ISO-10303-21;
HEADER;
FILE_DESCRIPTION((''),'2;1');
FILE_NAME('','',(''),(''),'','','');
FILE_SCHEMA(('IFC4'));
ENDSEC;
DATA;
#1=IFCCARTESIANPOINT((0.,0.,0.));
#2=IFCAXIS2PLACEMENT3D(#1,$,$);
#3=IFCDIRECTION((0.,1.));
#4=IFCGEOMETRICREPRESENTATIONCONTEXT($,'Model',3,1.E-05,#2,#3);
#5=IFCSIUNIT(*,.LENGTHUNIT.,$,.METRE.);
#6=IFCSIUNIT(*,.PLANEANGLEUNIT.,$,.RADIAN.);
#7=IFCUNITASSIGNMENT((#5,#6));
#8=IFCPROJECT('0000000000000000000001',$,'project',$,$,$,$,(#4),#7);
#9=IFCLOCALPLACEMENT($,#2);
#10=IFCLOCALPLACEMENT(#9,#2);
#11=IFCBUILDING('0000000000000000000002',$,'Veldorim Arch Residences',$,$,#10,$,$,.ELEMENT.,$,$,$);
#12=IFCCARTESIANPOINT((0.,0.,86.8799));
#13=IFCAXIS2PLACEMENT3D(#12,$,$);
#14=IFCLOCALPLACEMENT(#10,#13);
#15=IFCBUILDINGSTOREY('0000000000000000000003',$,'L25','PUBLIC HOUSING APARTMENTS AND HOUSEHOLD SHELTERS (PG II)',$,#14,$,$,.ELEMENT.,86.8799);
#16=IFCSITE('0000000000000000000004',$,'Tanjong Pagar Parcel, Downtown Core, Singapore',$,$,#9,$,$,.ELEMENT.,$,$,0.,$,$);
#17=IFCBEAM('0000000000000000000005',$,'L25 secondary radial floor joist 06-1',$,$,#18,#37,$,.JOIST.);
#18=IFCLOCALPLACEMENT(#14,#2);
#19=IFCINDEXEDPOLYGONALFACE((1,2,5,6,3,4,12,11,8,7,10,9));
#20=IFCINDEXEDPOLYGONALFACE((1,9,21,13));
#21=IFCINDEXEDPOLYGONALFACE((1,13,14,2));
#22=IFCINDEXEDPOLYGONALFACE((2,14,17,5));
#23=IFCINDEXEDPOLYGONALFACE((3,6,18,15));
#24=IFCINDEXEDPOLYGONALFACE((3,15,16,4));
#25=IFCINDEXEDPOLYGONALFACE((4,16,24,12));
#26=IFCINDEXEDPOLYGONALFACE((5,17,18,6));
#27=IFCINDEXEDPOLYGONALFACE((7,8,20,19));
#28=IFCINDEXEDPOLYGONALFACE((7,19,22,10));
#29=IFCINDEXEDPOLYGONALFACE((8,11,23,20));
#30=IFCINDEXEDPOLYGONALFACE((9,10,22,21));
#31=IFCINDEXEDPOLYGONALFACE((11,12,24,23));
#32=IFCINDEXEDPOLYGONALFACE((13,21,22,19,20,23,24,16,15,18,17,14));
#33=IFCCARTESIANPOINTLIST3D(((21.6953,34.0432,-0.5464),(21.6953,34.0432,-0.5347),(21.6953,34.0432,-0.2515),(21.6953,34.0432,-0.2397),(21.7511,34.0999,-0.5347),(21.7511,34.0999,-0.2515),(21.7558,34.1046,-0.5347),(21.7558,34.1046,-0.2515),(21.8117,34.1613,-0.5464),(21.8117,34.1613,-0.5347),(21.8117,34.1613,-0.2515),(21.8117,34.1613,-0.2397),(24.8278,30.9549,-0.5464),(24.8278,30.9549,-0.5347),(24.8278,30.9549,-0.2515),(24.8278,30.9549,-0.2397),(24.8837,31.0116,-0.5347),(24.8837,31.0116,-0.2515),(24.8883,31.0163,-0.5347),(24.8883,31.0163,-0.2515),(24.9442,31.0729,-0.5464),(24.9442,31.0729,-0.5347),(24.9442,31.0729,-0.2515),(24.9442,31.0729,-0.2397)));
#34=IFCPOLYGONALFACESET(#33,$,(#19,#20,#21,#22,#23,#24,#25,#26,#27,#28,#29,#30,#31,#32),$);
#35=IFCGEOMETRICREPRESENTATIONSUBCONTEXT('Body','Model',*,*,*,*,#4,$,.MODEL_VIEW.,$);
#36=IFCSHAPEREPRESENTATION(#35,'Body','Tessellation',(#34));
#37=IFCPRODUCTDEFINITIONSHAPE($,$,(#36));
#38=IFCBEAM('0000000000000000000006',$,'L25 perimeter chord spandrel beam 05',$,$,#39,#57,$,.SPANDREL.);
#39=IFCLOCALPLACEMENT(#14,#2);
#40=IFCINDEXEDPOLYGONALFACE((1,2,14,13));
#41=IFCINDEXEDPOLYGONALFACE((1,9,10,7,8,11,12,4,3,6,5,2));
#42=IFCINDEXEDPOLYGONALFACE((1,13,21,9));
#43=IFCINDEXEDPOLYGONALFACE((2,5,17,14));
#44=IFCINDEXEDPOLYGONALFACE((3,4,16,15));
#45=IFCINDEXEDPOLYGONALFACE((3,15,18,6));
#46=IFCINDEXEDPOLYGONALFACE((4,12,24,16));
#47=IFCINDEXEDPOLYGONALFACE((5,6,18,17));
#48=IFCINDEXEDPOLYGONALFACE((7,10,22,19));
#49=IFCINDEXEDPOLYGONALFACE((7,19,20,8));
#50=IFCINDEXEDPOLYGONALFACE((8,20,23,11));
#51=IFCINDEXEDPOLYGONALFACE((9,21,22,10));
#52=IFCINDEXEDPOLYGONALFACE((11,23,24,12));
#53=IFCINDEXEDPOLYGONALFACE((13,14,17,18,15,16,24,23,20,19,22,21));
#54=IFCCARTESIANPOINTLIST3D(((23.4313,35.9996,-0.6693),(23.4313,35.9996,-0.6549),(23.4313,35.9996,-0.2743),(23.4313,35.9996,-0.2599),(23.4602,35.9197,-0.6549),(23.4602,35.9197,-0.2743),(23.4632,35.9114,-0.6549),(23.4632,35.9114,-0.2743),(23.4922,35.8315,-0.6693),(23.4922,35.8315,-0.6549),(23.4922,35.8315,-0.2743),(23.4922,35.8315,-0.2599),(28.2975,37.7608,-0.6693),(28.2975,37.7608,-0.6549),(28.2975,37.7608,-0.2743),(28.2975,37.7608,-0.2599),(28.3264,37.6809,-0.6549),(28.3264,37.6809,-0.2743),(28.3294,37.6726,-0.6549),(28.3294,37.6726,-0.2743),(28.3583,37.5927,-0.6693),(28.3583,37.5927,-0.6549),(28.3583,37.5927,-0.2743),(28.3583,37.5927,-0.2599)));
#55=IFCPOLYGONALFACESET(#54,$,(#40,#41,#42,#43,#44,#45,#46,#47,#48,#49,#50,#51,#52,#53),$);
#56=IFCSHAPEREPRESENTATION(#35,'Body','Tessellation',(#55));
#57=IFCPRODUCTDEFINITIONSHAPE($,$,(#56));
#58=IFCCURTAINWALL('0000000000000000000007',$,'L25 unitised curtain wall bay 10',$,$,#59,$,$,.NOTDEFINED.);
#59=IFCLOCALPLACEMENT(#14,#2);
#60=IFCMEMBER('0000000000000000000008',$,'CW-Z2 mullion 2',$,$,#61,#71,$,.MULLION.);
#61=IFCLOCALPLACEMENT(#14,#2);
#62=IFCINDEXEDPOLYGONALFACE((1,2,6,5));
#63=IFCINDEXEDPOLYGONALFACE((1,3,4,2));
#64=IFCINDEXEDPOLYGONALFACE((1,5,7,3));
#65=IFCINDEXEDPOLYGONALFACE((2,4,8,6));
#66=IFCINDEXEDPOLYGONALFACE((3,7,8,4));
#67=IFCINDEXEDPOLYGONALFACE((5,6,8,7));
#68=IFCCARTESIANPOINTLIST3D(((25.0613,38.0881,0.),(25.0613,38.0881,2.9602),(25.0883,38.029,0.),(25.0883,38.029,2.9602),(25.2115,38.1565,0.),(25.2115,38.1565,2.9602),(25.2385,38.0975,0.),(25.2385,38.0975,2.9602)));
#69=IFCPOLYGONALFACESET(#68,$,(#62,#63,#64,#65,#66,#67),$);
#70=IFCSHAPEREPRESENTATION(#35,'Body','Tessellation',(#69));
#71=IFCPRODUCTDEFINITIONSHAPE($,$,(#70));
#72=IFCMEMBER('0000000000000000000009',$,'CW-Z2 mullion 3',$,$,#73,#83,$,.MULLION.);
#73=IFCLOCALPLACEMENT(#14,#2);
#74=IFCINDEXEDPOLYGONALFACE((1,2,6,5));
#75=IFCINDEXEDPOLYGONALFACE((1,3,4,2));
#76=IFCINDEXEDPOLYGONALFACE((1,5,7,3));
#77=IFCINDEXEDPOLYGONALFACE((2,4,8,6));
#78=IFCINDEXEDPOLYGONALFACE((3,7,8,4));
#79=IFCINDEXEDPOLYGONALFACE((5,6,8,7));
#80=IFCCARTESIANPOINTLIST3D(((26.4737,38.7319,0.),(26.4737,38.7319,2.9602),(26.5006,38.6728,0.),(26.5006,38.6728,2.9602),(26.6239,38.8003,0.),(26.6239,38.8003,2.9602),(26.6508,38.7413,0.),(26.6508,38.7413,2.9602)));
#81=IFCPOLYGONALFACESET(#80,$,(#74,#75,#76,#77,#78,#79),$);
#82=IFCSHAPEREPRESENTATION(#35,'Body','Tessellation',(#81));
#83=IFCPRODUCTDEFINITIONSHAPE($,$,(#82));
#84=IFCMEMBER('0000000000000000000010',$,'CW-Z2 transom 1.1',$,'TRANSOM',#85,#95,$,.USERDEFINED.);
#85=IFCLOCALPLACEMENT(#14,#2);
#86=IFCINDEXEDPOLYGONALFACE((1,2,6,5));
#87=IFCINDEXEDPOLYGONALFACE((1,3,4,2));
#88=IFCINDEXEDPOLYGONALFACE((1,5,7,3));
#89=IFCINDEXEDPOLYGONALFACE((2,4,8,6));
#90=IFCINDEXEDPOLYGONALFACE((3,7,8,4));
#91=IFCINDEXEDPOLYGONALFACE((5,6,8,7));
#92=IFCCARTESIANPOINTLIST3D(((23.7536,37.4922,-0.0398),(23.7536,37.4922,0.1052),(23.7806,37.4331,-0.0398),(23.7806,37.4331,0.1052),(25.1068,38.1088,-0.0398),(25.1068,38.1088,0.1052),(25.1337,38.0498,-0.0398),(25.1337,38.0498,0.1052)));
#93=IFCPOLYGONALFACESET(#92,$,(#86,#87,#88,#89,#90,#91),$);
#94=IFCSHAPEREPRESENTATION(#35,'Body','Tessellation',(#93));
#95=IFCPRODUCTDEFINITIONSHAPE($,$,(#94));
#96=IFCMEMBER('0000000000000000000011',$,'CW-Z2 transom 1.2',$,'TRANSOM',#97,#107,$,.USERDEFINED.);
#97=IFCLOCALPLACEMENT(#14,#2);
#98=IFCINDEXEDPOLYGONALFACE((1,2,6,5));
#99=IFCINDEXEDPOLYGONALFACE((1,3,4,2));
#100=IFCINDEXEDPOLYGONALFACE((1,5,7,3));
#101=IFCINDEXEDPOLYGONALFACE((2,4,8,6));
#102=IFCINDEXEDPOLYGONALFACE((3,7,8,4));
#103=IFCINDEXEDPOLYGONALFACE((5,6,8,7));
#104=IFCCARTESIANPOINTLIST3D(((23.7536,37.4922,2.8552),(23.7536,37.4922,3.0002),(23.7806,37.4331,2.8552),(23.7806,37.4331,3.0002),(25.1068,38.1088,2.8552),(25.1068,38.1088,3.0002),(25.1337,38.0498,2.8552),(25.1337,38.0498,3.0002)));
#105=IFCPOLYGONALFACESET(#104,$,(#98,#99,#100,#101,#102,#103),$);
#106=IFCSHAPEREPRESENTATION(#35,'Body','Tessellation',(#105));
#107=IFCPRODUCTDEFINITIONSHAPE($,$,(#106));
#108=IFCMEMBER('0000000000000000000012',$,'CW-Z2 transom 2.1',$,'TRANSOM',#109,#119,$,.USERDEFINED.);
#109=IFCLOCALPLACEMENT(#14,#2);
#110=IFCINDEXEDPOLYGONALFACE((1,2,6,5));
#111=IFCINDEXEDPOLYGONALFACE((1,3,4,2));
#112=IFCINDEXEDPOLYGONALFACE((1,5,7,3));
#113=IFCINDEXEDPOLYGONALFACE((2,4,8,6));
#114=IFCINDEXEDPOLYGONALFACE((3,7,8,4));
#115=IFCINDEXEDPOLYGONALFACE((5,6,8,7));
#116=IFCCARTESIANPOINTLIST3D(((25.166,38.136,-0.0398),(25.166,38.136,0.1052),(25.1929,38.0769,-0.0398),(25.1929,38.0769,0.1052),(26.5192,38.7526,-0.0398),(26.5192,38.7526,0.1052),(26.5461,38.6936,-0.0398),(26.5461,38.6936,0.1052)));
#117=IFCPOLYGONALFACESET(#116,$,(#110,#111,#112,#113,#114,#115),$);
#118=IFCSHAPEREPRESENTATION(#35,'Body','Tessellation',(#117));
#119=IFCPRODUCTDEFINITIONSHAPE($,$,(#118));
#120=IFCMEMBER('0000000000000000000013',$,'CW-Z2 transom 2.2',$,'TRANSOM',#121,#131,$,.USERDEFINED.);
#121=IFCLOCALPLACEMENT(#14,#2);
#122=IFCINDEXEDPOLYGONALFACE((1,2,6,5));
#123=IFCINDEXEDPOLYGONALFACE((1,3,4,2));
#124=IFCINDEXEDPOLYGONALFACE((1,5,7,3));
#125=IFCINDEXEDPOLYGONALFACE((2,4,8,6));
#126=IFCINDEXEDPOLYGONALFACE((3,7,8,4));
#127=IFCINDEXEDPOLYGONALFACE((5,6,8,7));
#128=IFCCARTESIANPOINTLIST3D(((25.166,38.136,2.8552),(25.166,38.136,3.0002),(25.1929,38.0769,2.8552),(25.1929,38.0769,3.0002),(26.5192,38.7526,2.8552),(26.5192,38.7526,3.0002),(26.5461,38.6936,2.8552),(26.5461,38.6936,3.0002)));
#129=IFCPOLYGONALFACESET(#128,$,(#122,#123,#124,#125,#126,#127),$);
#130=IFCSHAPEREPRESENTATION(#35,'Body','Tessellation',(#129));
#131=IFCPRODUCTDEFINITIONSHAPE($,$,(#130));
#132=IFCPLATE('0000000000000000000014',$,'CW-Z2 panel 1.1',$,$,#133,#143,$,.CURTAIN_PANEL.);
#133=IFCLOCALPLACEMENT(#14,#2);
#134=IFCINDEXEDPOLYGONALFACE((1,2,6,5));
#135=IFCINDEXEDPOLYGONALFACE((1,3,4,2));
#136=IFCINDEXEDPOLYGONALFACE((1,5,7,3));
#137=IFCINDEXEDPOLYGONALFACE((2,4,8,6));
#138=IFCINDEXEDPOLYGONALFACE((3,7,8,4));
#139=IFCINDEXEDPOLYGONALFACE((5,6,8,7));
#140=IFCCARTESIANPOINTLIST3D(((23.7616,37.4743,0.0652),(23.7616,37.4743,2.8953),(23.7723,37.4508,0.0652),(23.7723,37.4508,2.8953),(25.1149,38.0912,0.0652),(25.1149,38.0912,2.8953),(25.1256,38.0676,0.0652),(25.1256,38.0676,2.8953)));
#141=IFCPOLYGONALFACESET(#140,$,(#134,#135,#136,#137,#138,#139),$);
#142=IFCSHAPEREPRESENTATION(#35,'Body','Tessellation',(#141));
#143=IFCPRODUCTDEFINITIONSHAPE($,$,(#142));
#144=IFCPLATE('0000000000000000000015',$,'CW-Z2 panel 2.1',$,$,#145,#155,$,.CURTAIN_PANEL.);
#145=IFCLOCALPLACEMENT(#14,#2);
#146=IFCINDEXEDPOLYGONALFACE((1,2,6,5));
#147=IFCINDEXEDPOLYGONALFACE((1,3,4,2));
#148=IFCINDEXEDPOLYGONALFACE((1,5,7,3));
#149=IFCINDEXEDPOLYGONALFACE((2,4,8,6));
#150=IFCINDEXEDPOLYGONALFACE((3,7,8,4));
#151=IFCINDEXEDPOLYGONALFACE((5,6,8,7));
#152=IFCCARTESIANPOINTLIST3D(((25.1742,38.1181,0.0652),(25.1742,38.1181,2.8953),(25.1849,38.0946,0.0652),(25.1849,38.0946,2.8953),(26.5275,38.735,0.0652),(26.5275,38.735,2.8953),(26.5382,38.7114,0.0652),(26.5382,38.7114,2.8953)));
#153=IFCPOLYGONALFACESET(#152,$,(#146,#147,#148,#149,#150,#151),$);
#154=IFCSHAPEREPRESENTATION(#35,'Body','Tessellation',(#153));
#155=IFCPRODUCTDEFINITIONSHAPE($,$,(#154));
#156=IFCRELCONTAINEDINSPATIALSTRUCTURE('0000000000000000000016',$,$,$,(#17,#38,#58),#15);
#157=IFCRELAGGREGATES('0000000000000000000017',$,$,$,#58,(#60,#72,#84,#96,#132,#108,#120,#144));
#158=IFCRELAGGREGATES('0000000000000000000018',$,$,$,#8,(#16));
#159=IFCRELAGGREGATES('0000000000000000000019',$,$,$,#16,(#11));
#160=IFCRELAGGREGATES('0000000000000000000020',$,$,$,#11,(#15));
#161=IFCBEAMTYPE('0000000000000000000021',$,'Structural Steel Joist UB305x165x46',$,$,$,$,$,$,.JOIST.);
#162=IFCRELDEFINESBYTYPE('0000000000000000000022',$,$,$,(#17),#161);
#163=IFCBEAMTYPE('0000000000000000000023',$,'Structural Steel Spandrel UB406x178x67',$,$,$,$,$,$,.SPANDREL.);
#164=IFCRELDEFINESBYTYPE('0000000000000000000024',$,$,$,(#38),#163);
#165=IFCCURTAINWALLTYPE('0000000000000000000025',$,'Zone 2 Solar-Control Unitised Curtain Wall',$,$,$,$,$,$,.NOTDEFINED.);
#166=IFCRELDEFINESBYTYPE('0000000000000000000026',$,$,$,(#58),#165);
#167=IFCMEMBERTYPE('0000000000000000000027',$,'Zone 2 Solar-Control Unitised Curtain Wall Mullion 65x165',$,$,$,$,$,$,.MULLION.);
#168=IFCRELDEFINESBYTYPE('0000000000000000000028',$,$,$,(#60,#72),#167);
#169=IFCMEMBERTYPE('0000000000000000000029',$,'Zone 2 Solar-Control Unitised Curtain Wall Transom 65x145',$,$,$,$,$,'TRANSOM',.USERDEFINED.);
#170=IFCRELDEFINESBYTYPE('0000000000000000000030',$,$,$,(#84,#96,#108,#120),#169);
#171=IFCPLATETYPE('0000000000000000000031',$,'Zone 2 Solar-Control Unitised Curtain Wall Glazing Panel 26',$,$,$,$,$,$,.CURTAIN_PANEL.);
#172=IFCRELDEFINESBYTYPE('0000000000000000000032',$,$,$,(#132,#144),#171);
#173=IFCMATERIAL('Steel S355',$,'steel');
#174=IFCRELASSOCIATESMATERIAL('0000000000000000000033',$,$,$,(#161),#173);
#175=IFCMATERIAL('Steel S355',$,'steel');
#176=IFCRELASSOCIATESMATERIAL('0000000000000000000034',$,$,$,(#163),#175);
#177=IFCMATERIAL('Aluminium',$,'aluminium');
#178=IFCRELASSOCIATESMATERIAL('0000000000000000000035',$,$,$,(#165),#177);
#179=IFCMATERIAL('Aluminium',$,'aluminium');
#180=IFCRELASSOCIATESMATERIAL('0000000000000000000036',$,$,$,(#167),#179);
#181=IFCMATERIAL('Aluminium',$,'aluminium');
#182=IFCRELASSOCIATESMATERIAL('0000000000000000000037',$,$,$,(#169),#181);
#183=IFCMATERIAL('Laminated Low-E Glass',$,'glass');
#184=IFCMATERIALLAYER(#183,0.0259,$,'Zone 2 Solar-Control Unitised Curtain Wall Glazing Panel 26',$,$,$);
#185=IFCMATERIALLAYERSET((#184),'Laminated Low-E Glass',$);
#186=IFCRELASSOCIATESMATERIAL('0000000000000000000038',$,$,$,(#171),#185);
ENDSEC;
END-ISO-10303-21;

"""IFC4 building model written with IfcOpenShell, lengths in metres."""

from ifc_helpers import new_model, si_unit, direction, frame, origin, origin_2d, place, context, subcontext, project, spatial, rectangle, i_section, extrude, material, layer, layer_set, material_profile, profile_set, type_object, element, aggregate, save


model = new_model("IFC4")

# Units and contexts
model_context = context("Model", 3, precision=1e-05, world=origin(), true_north=direction((0.0, 1.0)))
body_context = subcontext(model_context, "Body", "Model", "MODEL_VIEW")
ifc_project = project(units=[si_unit("LENGTHUNIT", "METRE"), si_unit("PLANEANGLEUNIT", "RADIAN")], contexts=[model_context])

# Site, building, storey
site_placement = place(None, origin())
site = spatial("IfcSite", under=ifc_project, at=site_placement, Name="Tanjong Pagar Parcel, Downtown Core, Singapore", CompositionType="ELEMENT", RefElevation=0.0)
building_placement = place(site_placement, origin())
building = spatial("IfcBuilding", under=site, at=building_placement, Name="Veldorim Arch Residences", CompositionType="ELEMENT")
storey_placement = place(building_placement, frame((0.0, 0.0, 86.8799)))
storey = spatial("IfcBuildingStorey", under=building, at=storey_placement, Name="L25", Description="PUBLIC HOUSING APARTMENTS AND HOUSEHOLD SHELTERS (PG II)", CompositionType="ELEMENT", Elevation=86.8799)

# Beams
ifc_material_1 = material(Name="Steel S355", Category="steel")
ifc_material_profile_1 = material_profile(ifc_material_1, i_section(OverallWidth=0.1658, OverallDepth=0.3066, WebThickness=0.0066, FlangeThickness=0.0117, at=origin_2d()), Name="UB305x165x46")
ifc_profile_set_1 = profile_set([ifc_material_profile_1], Name="Steel S355")
beam_type_1 = type_object("IfcBeamType", Name="Structural Steel Joist UB305x165x46", PredefinedType="JOIST", material=ifc_profile_set_1)
beam_1_placement = place(storey_placement, frame((24.886, 31.0139, -0.3931), z_axis=(-0.712112, 0.702066, 0.0), x_axis=(-0.702066, -0.712112, 0.0)))
element("IfcBeam", 1, at=beam_1_placement, inside=storey, type_object=beam_type_1, Name="L25 secondary radial floor joist 06-1", PredefinedType="JOIST", context=body_context, shape_type="SweptSolid", body=[
    extrude(i_section(OverallWidth=0.1658, OverallDepth=0.3066, WebThickness=0.0066, FlangeThickness=0.0117, at=origin_2d()), origin(), (0.0, 0.0, 1.0), 4.3989),
])
ifc_material_2 = material(Name="Steel S355", Category="steel")
ifc_material_profile_2 = material_profile(ifc_material_2, i_section(OverallWidth=0.1787, OverallDepth=0.4094, WebThickness=0.0088, FlangeThickness=0.0144, at=origin_2d()), Name="UB406x178x67")
ifc_profile_set_2 = profile_set([ifc_material_profile_2], Name="Steel S355")
beam_type_2 = type_object("IfcBeamType", Name="Structural Steel Spandrel UB406x178x67", PredefinedType="SPANDREL", material=ifc_profile_set_2)
beam_2_placement = place(storey_placement, frame((28.3279, 37.6768, -0.4646), z_axis=(-0.940308, -0.340326, 0.0), x_axis=(0.340326, -0.940308, 0.0)))
element("IfcBeam", 2, at=beam_2_placement, inside=storey, type_object=beam_type_2, Name="L25 perimeter chord spandrel beam 05", PredefinedType="SPANDREL", context=body_context, shape_type="SweptSolid", body=[
    extrude(i_section(OverallWidth=0.1787, OverallDepth=0.4094, WebThickness=0.0088, FlangeThickness=0.0144, at=origin_2d()), origin(), (0.0, 0.0, 1.0), 5.175),
])

# Curtain wall, members, plates
ifc_material_3 = material(Name="Aluminium", Category="aluminium")
curtain_wall_type = type_object("IfcCurtainWallType", Name="Zone 2 Solar-Control Unitised Curtain Wall", PredefinedType="NOTDEFINED", material=ifc_material_3)
curtain_wall_placement = place(storey_placement, origin())
curtain_wall = element("IfcCurtainWall", 3, at=curtain_wall_placement, inside=storey, type_object=curtain_wall_type, Name="L25 unitised curtain wall bay 10", PredefinedType="NOTDEFINED")
ifc_material_4 = material(Name="Aluminium", Category="aluminium")
ifc_material_profile_3 = material_profile(ifc_material_4, rectangle(XDim=0.0649, YDim=0.165, at=origin_2d()), Name="ALU_MUL_65x165")
ifc_profile_set_3 = profile_set([ifc_material_profile_3], Name="Aluminium")
member_type_1 = type_object("IfcMemberType", Name="Zone 2 Solar-Control Unitised Curtain Wall Mullion 65x165", PredefinedType="MULLION", material=ifc_profile_set_3)
member_1_placement = place(storey_placement, frame((25.1499, 38.0928, 0.0), z_axis=(0.0, 0.0, 1.0), x_axis=(-0.414742, 0.909939, 0.0)))
member_1 = element("IfcMember", 4, at=member_1_placement, type_object=member_type_1, Name="CW-Z2 mullion 2", PredefinedType="MULLION", context=body_context, shape_type="SweptSolid", body=[
    extrude(rectangle(XDim=0.0649, YDim=0.165, at=origin_2d()), origin(), (0.0, 0.0, 1.0), 2.9602),
])
member_2_placement = place(storey_placement, frame((26.5623, 38.7366, 0.0), z_axis=(0.0, 0.0, 1.0), x_axis=(-0.414742, 0.909939, 0.0)))
member_2 = element("IfcMember", 5, at=member_2_placement, type_object=member_type_1, Name="CW-Z2 mullion 3", PredefinedType="MULLION", context=body_context, shape_type="SweptSolid", body=[
    extrude(rectangle(XDim=0.0649, YDim=0.165, at=origin_2d()), origin(), (0.0, 0.0, 1.0), 2.9602),
])
ifc_material_5 = material(Name="Aluminium", Category="aluminium")
ifc_material_profile_4 = material_profile(ifc_material_5, rectangle(XDim=0.0649, YDim=0.145, at=origin_2d()), Name="ALU_TRN_65x145")
ifc_profile_set_4 = profile_set([ifc_material_profile_4], Name="Aluminium")
member_type_2 = type_object("IfcMemberType", Name="Zone 2 Solar-Control Unitised Curtain Wall Transom 65x145", ElementType="TRANSOM", PredefinedType="USERDEFINED", material=ifc_profile_set_4)
member_3_placement = place(storey_placement, frame((23.7671, 37.4626, 0.0327), z_axis=(0.909967, 0.414681, 0.0), x_axis=(-0.414681, 0.909967, 0.0)))
member_3 = element("IfcMember", 6, at=member_3_placement, type_object=member_type_2, Name="CW-Z2 transom 1.1", ObjectType="TRANSOM", PredefinedType="USERDEFINED", context=body_context, shape_type="SweptSolid", body=[
    extrude(rectangle(XDim=0.0649, YDim=0.145, at=origin_2d()), origin(), (0.0, 0.0, 1.0), 1.4871),
])
member_4_placement = place(storey_placement, frame((23.7671, 37.4626, 2.9277), z_axis=(0.909967, 0.414681, 0.0), x_axis=(-0.414681, 0.909967, 0.0)))
member_4 = element("IfcMember", 7, at=member_4_placement, type_object=member_type_2, Name="CW-Z2 transom 1.2", ObjectType="TRANSOM", PredefinedType="USERDEFINED", context=body_context, shape_type="SweptSolid", body=[
    extrude(rectangle(XDim=0.0649, YDim=0.145, at=origin_2d()), origin(), (0.0, 0.0, 1.0), 1.4871),
])
member_5_placement = place(storey_placement, frame((25.1794, 38.1064, 0.0327), z_axis=(0.909967, 0.414681, 0.0), x_axis=(-0.414681, 0.909967, 0.0)))
member_5 = element("IfcMember", 8, at=member_5_placement, type_object=member_type_2, Name="CW-Z2 transom 2.1", ObjectType="TRANSOM", PredefinedType="USERDEFINED", context=body_context, shape_type="SweptSolid", body=[
    extrude(rectangle(XDim=0.0649, YDim=0.145, at=origin_2d()), origin(), (0.0, 0.0, 1.0), 1.4871),
])
member_6_placement = place(storey_placement, frame((25.1794, 38.1064, 2.9277), z_axis=(0.909967, 0.414681, 0.0), x_axis=(-0.414681, 0.909967, 0.0)))
member_6 = element("IfcMember", 9, at=member_6_placement, type_object=member_type_2, Name="CW-Z2 transom 2.2", ObjectType="TRANSOM", PredefinedType="USERDEFINED", context=body_context, shape_type="SweptSolid", body=[
    extrude(rectangle(XDim=0.0649, YDim=0.145, at=origin_2d()), origin(), (0.0, 0.0, 1.0), 1.4871),
])
ifc_material_6 = material(Name="Laminated Low-E Glass", Category="glass")
ifc_layer_1 = layer(ifc_material_6, 0.0259, Name="Zone 2 Solar-Control Unitised Curtain Wall Glazing Panel 26")
ifc_layer_set_1 = layer_set([ifc_layer_1], Name="Laminated Low-E Glass")
plate_type = type_object("IfcPlateType", Name="Zone 2 Solar-Control Unitised Curtain Wall Glazing Panel 26", PredefinedType="CURTAIN_PANEL", material=ifc_layer_set_1)
plate_1_placement = place(storey_placement, frame((24.4436, 37.771, 0.0652), z_axis=(0.0, 0.0, 1.0), x_axis=(0.909939, 0.414742, 0.0)))
plate_1 = element("IfcPlate", 10, at=plate_1_placement, type_object=plate_type, Name="CW-Z2 panel 1.1", PredefinedType="CURTAIN_PANEL", context=body_context, shape_type="SweptSolid", body=[
    extrude(rectangle(XDim=1.4873, YDim=0.0259, at=origin_2d()), origin(), (0.0, 0.0, 1.0), 2.8301),
])
plate_2_placement = place(storey_placement, frame((25.8562, 38.4148, 0.0652), z_axis=(0.0, 0.0, 1.0), x_axis=(0.909939, 0.414742, 0.0)))
plate_2 = element("IfcPlate", 11, at=plate_2_placement, type_object=plate_type, Name="CW-Z2 panel 2.1", PredefinedType="CURTAIN_PANEL", context=body_context, shape_type="SweptSolid", body=[
    extrude(rectangle(XDim=1.4873, YDim=0.0259, at=origin_2d()), origin(), (0.0, 0.0, 1.0), 2.8301),
])
aggregate(curtain_wall, [member_1, member_2, member_3, member_4, plate_1, member_5, member_6, plate_2])

save(model, "model.ifc")
